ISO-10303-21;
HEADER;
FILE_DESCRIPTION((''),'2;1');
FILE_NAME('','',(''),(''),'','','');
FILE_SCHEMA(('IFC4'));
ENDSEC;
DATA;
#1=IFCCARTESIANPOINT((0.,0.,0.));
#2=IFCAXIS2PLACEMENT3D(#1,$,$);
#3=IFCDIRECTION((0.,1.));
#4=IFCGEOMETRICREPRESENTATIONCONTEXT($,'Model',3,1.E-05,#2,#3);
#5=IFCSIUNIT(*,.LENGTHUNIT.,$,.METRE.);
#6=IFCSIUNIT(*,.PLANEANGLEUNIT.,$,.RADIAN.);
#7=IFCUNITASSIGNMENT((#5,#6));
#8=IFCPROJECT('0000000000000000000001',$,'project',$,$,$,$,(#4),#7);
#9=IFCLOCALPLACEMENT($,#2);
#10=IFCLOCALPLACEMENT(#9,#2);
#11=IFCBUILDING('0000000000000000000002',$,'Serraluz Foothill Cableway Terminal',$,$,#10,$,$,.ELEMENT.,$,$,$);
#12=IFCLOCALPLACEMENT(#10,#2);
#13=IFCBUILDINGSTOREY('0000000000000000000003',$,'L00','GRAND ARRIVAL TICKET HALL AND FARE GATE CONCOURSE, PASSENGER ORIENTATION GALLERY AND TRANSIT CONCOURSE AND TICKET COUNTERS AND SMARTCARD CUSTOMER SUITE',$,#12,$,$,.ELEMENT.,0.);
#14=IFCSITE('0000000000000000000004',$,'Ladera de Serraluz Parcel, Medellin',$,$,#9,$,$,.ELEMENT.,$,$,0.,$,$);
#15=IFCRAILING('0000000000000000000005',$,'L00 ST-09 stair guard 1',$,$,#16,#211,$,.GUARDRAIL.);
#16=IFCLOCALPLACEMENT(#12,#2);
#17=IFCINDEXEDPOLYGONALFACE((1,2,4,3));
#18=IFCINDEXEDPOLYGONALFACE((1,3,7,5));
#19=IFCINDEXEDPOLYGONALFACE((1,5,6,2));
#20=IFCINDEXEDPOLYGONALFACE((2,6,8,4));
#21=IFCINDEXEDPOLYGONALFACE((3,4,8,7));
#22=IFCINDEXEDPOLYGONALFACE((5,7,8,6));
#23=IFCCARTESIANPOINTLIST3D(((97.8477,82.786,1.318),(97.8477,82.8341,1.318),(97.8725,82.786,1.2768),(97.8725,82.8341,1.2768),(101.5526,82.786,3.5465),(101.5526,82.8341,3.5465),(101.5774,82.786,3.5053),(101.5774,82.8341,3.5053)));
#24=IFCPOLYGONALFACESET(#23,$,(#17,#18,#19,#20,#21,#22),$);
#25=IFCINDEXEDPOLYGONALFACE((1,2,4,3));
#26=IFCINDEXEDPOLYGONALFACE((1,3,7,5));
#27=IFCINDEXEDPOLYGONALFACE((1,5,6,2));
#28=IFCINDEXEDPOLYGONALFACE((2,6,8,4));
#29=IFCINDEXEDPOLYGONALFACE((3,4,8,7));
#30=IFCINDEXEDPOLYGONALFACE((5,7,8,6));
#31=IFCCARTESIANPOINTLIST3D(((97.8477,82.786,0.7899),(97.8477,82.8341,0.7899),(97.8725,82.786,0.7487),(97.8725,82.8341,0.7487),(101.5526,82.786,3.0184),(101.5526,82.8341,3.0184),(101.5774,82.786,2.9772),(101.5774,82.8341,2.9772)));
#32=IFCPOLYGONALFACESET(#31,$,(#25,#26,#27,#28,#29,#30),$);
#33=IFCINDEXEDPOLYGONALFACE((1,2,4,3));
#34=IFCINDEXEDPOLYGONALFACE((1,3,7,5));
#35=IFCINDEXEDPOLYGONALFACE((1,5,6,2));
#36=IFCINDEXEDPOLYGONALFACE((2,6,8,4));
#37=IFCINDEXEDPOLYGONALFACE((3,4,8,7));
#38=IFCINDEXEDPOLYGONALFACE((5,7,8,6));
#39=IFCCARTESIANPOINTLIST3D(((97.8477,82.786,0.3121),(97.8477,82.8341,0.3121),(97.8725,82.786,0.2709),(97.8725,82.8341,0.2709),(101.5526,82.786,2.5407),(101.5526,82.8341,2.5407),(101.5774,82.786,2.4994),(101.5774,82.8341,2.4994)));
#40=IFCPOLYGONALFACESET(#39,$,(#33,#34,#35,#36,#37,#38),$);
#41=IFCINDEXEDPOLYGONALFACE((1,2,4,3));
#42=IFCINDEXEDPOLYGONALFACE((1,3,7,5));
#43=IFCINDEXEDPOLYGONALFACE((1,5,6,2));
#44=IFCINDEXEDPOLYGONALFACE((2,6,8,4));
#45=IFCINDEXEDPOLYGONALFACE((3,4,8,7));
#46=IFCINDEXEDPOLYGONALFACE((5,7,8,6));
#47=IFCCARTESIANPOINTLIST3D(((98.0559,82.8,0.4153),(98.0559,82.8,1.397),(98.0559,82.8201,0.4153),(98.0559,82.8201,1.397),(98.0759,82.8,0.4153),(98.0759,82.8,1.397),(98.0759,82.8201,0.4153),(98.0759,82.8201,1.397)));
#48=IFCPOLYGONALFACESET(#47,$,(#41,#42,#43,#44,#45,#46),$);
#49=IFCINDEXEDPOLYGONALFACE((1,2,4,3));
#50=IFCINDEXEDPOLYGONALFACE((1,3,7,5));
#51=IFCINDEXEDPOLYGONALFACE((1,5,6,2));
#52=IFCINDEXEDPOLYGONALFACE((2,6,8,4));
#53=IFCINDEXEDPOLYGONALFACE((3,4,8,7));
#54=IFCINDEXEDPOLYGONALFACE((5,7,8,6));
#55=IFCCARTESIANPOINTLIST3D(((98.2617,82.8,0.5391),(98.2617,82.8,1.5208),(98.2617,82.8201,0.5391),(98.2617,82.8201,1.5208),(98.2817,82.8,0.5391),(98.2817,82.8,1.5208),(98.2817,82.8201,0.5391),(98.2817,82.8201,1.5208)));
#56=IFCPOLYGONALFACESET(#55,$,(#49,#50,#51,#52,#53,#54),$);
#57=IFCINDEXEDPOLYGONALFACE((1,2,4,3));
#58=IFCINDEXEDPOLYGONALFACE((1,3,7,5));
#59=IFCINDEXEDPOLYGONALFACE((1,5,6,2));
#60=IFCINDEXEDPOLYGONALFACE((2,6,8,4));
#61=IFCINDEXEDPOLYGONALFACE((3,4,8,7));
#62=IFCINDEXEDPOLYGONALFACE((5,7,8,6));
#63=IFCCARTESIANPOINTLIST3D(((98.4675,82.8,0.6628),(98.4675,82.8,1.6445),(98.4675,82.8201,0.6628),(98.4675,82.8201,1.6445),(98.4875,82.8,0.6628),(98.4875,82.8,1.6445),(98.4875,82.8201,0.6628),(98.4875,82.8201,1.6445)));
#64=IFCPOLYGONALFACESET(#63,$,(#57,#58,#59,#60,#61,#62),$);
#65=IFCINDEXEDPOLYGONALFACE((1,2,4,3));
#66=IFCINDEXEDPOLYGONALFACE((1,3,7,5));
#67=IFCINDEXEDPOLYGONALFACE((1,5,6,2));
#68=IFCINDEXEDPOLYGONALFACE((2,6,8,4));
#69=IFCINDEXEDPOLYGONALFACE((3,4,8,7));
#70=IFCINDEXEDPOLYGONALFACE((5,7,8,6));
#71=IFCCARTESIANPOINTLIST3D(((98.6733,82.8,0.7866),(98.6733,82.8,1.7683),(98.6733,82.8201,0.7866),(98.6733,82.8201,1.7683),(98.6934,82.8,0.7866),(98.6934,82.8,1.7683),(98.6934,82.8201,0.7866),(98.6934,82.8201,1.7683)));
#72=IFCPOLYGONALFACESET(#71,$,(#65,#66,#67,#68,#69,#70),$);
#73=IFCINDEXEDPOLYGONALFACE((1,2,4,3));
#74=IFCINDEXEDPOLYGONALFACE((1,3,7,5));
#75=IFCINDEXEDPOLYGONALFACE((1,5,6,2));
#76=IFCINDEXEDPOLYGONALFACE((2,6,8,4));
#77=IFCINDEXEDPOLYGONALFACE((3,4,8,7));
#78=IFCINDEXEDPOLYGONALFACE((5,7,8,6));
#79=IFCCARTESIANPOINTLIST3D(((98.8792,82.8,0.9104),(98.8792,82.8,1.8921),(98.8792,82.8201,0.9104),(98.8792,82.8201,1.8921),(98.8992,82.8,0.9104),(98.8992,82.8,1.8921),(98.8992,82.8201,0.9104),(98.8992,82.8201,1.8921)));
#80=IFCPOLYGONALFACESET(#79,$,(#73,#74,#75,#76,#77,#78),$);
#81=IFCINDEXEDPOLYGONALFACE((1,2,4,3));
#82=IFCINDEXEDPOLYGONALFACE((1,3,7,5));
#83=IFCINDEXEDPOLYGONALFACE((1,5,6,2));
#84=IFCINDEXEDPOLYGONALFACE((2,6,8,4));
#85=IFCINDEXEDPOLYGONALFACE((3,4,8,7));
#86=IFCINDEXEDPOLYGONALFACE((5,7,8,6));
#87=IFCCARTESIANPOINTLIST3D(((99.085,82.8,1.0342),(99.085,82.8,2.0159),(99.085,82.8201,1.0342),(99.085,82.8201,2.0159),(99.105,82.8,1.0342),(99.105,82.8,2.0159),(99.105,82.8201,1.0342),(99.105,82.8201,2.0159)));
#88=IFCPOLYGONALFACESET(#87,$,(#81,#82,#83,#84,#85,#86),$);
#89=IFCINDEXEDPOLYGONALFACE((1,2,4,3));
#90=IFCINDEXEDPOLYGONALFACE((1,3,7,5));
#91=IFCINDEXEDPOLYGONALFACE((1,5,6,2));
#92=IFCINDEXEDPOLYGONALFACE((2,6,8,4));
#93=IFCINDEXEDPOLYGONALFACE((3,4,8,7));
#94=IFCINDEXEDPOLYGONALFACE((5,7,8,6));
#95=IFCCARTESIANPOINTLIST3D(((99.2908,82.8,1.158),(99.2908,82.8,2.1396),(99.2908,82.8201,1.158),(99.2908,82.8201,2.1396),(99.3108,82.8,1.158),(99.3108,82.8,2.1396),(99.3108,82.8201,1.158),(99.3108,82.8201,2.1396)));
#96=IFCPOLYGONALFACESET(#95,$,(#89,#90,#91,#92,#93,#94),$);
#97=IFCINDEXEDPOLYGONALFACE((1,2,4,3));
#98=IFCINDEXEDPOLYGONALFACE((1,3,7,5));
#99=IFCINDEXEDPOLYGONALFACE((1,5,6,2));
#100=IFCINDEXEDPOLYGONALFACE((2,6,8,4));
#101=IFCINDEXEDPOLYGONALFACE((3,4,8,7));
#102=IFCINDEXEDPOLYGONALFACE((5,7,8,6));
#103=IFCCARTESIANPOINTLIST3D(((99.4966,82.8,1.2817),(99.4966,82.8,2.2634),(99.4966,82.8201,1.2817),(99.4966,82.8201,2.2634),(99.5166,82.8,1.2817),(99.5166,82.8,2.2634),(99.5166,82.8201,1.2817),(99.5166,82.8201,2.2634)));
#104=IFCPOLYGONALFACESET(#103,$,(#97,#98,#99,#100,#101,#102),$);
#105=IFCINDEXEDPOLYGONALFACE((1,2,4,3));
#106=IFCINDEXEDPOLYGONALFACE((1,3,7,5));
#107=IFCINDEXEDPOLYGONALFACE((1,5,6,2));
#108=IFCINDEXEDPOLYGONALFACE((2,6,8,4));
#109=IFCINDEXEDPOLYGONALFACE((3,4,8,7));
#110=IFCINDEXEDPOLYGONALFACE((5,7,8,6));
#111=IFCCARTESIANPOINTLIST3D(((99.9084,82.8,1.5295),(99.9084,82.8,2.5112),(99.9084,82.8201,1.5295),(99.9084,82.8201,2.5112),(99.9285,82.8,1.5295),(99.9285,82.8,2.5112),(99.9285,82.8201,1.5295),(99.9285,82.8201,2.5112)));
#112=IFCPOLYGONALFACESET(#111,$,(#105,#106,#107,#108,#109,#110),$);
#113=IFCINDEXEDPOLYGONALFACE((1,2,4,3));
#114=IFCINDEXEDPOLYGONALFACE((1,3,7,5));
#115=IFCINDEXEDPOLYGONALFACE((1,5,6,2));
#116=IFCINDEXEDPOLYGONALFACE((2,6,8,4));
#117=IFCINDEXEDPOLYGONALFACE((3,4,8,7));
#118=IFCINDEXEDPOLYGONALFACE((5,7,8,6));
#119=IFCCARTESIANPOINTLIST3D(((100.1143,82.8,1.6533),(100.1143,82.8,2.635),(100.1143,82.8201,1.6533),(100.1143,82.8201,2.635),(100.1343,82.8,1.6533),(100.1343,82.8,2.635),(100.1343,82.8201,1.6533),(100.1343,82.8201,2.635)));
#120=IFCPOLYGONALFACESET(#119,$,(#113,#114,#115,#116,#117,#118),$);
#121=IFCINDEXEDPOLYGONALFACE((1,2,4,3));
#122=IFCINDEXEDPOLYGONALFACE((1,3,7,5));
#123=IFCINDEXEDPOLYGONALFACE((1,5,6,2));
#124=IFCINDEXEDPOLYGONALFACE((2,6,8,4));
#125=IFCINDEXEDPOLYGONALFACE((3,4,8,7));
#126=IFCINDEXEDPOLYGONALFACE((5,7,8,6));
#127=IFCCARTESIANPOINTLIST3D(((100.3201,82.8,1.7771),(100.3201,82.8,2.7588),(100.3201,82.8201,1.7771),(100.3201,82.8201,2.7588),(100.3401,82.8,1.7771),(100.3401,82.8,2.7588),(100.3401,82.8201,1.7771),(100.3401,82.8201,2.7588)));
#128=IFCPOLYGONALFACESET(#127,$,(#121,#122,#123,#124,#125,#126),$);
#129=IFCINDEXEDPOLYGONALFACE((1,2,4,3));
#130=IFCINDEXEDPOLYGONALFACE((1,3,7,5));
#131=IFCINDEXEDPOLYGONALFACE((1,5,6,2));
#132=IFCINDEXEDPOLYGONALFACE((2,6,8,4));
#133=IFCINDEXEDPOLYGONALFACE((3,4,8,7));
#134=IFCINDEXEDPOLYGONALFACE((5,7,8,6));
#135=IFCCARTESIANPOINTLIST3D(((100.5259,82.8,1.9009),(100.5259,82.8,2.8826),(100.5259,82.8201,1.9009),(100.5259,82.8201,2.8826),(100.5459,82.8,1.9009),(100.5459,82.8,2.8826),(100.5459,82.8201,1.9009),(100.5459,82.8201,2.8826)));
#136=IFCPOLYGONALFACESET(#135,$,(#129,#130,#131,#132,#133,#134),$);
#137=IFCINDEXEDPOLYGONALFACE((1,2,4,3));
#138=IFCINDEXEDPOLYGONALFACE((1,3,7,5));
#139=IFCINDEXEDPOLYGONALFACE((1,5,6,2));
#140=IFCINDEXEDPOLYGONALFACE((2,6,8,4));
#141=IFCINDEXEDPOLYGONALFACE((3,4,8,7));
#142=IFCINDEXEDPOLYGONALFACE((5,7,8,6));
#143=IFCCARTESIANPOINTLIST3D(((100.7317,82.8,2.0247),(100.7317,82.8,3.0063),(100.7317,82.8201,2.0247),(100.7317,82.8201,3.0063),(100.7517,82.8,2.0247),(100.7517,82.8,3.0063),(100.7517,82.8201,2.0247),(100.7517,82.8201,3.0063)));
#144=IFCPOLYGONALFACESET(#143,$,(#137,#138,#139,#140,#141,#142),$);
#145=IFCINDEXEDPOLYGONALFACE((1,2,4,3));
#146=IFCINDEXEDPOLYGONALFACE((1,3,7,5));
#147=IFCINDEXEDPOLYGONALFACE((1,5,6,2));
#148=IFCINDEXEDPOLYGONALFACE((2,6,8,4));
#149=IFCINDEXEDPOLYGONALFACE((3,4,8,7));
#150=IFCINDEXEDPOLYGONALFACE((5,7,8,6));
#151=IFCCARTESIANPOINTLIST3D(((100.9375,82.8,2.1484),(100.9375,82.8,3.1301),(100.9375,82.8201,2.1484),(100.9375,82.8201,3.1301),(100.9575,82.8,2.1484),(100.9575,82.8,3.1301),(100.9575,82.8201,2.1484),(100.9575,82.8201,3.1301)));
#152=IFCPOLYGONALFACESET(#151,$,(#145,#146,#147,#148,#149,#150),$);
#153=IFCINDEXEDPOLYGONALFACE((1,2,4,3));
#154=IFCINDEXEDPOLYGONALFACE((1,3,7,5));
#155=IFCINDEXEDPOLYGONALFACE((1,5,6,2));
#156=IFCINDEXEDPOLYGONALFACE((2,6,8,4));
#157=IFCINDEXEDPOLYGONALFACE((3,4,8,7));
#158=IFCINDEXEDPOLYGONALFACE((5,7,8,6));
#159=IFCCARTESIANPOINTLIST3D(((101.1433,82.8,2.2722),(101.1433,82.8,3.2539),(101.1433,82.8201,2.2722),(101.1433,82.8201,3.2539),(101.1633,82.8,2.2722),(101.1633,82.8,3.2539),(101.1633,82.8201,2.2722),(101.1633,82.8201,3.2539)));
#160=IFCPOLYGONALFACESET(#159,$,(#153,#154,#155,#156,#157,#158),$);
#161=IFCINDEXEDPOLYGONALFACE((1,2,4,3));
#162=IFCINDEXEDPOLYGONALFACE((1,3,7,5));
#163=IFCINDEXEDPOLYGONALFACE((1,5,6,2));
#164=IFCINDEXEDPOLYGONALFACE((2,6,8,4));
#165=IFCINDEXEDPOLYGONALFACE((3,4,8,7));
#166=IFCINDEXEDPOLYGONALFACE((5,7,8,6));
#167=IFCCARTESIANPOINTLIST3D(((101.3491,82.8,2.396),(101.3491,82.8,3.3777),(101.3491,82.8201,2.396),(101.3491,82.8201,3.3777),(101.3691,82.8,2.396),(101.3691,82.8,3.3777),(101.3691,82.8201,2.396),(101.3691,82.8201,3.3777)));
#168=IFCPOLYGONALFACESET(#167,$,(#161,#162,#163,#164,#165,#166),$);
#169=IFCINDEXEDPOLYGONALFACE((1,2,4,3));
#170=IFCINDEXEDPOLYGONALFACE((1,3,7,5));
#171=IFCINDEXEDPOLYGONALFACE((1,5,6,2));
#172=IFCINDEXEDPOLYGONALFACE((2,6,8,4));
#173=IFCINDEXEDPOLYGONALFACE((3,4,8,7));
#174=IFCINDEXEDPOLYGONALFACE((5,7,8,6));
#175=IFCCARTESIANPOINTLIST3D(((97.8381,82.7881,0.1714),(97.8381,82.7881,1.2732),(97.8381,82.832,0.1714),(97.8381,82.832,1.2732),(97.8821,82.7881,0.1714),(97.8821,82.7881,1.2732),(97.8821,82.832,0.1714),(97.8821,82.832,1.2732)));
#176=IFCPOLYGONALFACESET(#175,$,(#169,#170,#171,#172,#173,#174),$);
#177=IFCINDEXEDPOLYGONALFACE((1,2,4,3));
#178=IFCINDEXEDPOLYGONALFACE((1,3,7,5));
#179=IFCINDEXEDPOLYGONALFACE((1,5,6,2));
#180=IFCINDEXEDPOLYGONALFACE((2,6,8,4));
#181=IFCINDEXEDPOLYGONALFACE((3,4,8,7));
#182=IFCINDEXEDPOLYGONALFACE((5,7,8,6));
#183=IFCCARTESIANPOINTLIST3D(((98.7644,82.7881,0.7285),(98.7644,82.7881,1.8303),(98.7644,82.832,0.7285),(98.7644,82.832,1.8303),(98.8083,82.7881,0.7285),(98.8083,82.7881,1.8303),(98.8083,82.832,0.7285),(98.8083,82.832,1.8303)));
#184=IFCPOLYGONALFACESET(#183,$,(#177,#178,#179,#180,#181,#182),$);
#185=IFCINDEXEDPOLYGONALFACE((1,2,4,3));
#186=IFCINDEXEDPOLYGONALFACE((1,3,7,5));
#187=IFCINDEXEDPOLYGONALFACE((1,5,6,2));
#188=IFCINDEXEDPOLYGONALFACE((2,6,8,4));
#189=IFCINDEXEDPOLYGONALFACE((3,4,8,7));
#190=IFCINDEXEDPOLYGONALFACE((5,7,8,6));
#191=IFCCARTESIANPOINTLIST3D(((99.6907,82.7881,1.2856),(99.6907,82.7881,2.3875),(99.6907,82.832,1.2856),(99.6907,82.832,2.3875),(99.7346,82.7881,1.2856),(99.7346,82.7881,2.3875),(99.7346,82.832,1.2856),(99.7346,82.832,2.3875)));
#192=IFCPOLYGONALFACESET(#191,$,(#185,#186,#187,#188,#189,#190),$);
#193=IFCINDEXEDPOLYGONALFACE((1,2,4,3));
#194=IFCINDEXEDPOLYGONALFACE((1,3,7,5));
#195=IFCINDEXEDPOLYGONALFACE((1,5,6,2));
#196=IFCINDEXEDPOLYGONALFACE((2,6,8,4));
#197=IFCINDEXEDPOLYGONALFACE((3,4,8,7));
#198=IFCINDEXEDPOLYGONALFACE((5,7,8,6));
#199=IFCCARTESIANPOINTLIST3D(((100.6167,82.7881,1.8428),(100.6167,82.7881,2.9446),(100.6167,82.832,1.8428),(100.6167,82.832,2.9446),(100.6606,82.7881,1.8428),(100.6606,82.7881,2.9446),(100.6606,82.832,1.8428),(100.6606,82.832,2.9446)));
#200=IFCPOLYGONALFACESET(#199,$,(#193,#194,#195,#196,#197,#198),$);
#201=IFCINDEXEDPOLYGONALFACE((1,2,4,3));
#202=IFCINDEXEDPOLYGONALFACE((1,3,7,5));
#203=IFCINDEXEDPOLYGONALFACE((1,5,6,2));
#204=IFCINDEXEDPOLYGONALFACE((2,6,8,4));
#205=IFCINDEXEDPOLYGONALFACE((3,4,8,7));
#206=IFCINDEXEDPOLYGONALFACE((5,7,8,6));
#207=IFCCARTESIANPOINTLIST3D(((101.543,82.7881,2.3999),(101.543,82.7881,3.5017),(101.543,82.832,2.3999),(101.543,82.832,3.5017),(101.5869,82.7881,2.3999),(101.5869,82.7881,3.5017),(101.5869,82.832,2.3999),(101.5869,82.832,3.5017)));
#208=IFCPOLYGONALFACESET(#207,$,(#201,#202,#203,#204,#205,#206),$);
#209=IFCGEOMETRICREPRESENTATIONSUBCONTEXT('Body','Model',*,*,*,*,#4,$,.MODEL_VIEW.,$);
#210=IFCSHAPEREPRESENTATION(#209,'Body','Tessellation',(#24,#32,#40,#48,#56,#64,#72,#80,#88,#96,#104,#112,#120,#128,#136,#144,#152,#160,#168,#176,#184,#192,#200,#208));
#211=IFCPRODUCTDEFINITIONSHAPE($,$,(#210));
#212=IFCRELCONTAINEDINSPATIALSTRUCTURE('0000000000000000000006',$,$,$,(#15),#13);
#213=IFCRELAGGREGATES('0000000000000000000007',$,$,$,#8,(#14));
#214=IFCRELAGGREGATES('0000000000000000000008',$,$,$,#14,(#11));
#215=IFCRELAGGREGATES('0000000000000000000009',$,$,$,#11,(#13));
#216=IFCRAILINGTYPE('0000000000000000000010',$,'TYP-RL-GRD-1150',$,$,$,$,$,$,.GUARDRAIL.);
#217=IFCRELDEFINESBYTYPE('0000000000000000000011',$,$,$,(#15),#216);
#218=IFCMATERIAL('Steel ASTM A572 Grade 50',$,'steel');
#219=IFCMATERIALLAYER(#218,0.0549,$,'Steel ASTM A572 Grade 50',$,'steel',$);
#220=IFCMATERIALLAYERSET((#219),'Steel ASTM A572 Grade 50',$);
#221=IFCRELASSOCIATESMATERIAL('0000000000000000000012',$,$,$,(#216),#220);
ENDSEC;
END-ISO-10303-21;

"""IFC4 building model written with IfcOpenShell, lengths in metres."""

from ifc_helpers import new_model, si_unit, direction, frame, origin, origin_2d, place, context, subcontext, project, spatial, rectangle, extrude, material, layer, layer_set, type_object, element, save


model = new_model("IFC4")

# Units and contexts
model_context = context("Model", 3, precision=1e-05, world=origin(), true_north=direction((0.0, 1.0)))
body_context = subcontext(model_context, "Body", "Model", "MODEL_VIEW")
ifc_project = project(units=[si_unit("LENGTHUNIT", "METRE"), si_unit("PLANEANGLEUNIT", "RADIAN")], contexts=[model_context])

# Site, building, storey
site_placement = place(None, origin())
site = spatial("IfcSite", under=ifc_project, at=site_placement, Name="Ladera de Serraluz Parcel, Medellin", CompositionType="ELEMENT", RefElevation=0.0)
building_placement = place(site_placement, origin())
building = spatial("IfcBuilding", under=site, at=building_placement, Name="Serraluz Foothill Cableway Terminal", CompositionType="ELEMENT")
storey_placement = place(building_placement, origin())
storey = spatial("IfcBuildingStorey", under=building, at=storey_placement, Name="L00", Description="GRAND ARRIVAL TICKET HALL AND FARE GATE CONCOURSE, PASSENGER ORIENTATION GALLERY AND TRANSIT CONCOURSE AND TICKET COUNTERS AND SMARTCARD CUSTOMER SUITE", CompositionType="ELEMENT", Elevation=0.0)

# Railing
ifc_material_1 = material(Name="Steel ASTM A572 Grade 50", Category="steel")
ifc_layer_1 = layer(ifc_material_1, 0.0549, Name="Steel ASTM A572 Grade 50", Category="steel")
ifc_layer_set_1 = layer_set([ifc_layer_1], Name="Steel ASTM A572 Grade 50")
railing_type_1 = type_object("IfcRailingType", Name="TYP-RL-GRD-1150", PredefinedType="GUARDRAIL", material=ifc_layer_set_1)
railing_1_placement = place(storey_placement, frame((97.8601, 82.8101, 0.1714)))
element("IfcRailing", 1, at=railing_1_placement, inside=storey, type_object=railing_type_1, Name="L00 ST-09 stair guard 1", PredefinedType="GUARDRAIL", context=body_context, shape_type="SweptSolid", body=[
    extrude(rectangle(XDim=0.0481, YDim=0.0481, at=origin_2d()), frame((0.0, 0.0, 1.126), z_axis=(0.856919, 0.0, 0.51545), x_axis=(0.0, 1.0, 0.0)), (0.0, 0.0, 1.0), 4.3235),
    extrude(rectangle(XDim=0.0481, YDim=0.0481, at=origin_2d()), frame((0.0, 0.0, 0.5979), z_axis=(0.856919, 0.0, 0.51545), x_axis=(0.0, 1.0, 0.0)), (0.0, 0.0, 1.0), 4.3235),
    extrude(rectangle(XDim=0.0481, YDim=0.0481, at=origin_2d()), frame((0.0, 0.0, 0.1201), z_axis=(0.856919, 0.0, 0.51545), x_axis=(0.0, 1.0, 0.0)), (0.0, 0.0, 1.0), 4.3235),
    extrude(rectangle(XDim=0.02, YDim=0.02, at=origin_2d()), frame((0.2058, 0.0, 0.2439)), (0.0, 0.0, 1.0), 0.9817),
    extrude(rectangle(XDim=0.02, YDim=0.02, at=origin_2d()), frame((0.4116, 0.0, 0.3677)), (0.0, 0.0, 1.0), 0.9817),
    extrude(rectangle(XDim=0.02, YDim=0.02, at=origin_2d()), frame((0.6174, 0.0, 0.4915)), (0.0, 0.0, 1.0), 0.9817),
    extrude(rectangle(XDim=0.02, YDim=0.02, at=origin_2d()), frame((0.8232, 0.0, 0.6152)), (0.0, 0.0, 1.0), 0.9817),
    extrude(rectangle(XDim=0.02, YDim=0.02, at=origin_2d()), frame((1.0291, 0.0, 0.739)), (0.0, 0.0, 1.0), 0.9817),
    extrude(rectangle(XDim=0.02, YDim=0.02, at=origin_2d()), frame((1.2349, 0.0, 0.8628)), (0.0, 0.0, 1.0), 0.9817),
    extrude(rectangle(XDim=0.02, YDim=0.02, at=origin_2d()), frame((1.4407, 0.0, 0.9866)), (0.0, 0.0, 1.0), 0.9817),
    extrude(rectangle(XDim=0.02, YDim=0.02, at=origin_2d()), frame((1.6465, 0.0, 1.1104)), (0.0, 0.0, 1.0), 0.9817),
    extrude(rectangle(XDim=0.02, YDim=0.02, at=origin_2d()), frame((2.0583, 0.0, 1.3582)), (0.0, 0.0, 1.0), 0.9817),
    extrude(rectangle(XDim=0.02, YDim=0.02, at=origin_2d()), frame((2.2642, 0.0, 1.4819)), (0.0, 0.0, 1.0), 0.9817),
    extrude(rectangle(XDim=0.02, YDim=0.02, at=origin_2d()), frame((2.47, 0.0, 1.6057)), (0.0, 0.0, 1.0), 0.9817),
    extrude(rectangle(XDim=0.02, YDim=0.02, at=origin_2d()), frame((2.6758, 0.0, 1.7295)), (0.0, 0.0, 1.0), 0.9817),
    extrude(rectangle(XDim=0.02, YDim=0.02, at=origin_2d()), frame((2.8816, 0.0, 1.8533)), (0.0, 0.0, 1.0), 0.9817),
    extrude(rectangle(XDim=0.02, YDim=0.02, at=origin_2d()), frame((3.0874, 0.0, 1.9771)), (0.0, 0.0, 1.0), 0.9817),
    extrude(rectangle(XDim=0.02, YDim=0.02, at=origin_2d()), frame((3.2932, 0.0, 2.1008)), (0.0, 0.0, 1.0), 0.9817),
    extrude(rectangle(XDim=0.02, YDim=0.02, at=origin_2d()), frame((3.499, 0.0, 2.2246)), (0.0, 0.0, 1.0), 0.9817),
    extrude(rectangle(XDim=0.0439, YDim=0.0439, at=origin_2d()), origin(), (0.0, 0.0, 1.0), 1.1018),
    extrude(rectangle(XDim=0.0439, YDim=0.0439, at=origin_2d()), frame((0.9263, 0.0, 0.5571)), (0.0, 0.0, 1.0), 1.1018),
    extrude(rectangle(XDim=0.0439, YDim=0.0439, at=origin_2d()), frame((1.8525, 0.0, 1.1143)), (0.0, 0.0, 1.0), 1.1018),
    extrude(rectangle(XDim=0.0439, YDim=0.0439, at=origin_2d()), frame((2.7786, 0.0, 1.6714)), (0.0, 0.0, 1.0), 1.1018),
    extrude(rectangle(XDim=0.0439, YDim=0.0439, at=origin_2d()), frame((3.7048, 0.0, 2.2285)), (0.0, 0.0, 1.0), 1.1018),
])

save(model, "model.ifc")
